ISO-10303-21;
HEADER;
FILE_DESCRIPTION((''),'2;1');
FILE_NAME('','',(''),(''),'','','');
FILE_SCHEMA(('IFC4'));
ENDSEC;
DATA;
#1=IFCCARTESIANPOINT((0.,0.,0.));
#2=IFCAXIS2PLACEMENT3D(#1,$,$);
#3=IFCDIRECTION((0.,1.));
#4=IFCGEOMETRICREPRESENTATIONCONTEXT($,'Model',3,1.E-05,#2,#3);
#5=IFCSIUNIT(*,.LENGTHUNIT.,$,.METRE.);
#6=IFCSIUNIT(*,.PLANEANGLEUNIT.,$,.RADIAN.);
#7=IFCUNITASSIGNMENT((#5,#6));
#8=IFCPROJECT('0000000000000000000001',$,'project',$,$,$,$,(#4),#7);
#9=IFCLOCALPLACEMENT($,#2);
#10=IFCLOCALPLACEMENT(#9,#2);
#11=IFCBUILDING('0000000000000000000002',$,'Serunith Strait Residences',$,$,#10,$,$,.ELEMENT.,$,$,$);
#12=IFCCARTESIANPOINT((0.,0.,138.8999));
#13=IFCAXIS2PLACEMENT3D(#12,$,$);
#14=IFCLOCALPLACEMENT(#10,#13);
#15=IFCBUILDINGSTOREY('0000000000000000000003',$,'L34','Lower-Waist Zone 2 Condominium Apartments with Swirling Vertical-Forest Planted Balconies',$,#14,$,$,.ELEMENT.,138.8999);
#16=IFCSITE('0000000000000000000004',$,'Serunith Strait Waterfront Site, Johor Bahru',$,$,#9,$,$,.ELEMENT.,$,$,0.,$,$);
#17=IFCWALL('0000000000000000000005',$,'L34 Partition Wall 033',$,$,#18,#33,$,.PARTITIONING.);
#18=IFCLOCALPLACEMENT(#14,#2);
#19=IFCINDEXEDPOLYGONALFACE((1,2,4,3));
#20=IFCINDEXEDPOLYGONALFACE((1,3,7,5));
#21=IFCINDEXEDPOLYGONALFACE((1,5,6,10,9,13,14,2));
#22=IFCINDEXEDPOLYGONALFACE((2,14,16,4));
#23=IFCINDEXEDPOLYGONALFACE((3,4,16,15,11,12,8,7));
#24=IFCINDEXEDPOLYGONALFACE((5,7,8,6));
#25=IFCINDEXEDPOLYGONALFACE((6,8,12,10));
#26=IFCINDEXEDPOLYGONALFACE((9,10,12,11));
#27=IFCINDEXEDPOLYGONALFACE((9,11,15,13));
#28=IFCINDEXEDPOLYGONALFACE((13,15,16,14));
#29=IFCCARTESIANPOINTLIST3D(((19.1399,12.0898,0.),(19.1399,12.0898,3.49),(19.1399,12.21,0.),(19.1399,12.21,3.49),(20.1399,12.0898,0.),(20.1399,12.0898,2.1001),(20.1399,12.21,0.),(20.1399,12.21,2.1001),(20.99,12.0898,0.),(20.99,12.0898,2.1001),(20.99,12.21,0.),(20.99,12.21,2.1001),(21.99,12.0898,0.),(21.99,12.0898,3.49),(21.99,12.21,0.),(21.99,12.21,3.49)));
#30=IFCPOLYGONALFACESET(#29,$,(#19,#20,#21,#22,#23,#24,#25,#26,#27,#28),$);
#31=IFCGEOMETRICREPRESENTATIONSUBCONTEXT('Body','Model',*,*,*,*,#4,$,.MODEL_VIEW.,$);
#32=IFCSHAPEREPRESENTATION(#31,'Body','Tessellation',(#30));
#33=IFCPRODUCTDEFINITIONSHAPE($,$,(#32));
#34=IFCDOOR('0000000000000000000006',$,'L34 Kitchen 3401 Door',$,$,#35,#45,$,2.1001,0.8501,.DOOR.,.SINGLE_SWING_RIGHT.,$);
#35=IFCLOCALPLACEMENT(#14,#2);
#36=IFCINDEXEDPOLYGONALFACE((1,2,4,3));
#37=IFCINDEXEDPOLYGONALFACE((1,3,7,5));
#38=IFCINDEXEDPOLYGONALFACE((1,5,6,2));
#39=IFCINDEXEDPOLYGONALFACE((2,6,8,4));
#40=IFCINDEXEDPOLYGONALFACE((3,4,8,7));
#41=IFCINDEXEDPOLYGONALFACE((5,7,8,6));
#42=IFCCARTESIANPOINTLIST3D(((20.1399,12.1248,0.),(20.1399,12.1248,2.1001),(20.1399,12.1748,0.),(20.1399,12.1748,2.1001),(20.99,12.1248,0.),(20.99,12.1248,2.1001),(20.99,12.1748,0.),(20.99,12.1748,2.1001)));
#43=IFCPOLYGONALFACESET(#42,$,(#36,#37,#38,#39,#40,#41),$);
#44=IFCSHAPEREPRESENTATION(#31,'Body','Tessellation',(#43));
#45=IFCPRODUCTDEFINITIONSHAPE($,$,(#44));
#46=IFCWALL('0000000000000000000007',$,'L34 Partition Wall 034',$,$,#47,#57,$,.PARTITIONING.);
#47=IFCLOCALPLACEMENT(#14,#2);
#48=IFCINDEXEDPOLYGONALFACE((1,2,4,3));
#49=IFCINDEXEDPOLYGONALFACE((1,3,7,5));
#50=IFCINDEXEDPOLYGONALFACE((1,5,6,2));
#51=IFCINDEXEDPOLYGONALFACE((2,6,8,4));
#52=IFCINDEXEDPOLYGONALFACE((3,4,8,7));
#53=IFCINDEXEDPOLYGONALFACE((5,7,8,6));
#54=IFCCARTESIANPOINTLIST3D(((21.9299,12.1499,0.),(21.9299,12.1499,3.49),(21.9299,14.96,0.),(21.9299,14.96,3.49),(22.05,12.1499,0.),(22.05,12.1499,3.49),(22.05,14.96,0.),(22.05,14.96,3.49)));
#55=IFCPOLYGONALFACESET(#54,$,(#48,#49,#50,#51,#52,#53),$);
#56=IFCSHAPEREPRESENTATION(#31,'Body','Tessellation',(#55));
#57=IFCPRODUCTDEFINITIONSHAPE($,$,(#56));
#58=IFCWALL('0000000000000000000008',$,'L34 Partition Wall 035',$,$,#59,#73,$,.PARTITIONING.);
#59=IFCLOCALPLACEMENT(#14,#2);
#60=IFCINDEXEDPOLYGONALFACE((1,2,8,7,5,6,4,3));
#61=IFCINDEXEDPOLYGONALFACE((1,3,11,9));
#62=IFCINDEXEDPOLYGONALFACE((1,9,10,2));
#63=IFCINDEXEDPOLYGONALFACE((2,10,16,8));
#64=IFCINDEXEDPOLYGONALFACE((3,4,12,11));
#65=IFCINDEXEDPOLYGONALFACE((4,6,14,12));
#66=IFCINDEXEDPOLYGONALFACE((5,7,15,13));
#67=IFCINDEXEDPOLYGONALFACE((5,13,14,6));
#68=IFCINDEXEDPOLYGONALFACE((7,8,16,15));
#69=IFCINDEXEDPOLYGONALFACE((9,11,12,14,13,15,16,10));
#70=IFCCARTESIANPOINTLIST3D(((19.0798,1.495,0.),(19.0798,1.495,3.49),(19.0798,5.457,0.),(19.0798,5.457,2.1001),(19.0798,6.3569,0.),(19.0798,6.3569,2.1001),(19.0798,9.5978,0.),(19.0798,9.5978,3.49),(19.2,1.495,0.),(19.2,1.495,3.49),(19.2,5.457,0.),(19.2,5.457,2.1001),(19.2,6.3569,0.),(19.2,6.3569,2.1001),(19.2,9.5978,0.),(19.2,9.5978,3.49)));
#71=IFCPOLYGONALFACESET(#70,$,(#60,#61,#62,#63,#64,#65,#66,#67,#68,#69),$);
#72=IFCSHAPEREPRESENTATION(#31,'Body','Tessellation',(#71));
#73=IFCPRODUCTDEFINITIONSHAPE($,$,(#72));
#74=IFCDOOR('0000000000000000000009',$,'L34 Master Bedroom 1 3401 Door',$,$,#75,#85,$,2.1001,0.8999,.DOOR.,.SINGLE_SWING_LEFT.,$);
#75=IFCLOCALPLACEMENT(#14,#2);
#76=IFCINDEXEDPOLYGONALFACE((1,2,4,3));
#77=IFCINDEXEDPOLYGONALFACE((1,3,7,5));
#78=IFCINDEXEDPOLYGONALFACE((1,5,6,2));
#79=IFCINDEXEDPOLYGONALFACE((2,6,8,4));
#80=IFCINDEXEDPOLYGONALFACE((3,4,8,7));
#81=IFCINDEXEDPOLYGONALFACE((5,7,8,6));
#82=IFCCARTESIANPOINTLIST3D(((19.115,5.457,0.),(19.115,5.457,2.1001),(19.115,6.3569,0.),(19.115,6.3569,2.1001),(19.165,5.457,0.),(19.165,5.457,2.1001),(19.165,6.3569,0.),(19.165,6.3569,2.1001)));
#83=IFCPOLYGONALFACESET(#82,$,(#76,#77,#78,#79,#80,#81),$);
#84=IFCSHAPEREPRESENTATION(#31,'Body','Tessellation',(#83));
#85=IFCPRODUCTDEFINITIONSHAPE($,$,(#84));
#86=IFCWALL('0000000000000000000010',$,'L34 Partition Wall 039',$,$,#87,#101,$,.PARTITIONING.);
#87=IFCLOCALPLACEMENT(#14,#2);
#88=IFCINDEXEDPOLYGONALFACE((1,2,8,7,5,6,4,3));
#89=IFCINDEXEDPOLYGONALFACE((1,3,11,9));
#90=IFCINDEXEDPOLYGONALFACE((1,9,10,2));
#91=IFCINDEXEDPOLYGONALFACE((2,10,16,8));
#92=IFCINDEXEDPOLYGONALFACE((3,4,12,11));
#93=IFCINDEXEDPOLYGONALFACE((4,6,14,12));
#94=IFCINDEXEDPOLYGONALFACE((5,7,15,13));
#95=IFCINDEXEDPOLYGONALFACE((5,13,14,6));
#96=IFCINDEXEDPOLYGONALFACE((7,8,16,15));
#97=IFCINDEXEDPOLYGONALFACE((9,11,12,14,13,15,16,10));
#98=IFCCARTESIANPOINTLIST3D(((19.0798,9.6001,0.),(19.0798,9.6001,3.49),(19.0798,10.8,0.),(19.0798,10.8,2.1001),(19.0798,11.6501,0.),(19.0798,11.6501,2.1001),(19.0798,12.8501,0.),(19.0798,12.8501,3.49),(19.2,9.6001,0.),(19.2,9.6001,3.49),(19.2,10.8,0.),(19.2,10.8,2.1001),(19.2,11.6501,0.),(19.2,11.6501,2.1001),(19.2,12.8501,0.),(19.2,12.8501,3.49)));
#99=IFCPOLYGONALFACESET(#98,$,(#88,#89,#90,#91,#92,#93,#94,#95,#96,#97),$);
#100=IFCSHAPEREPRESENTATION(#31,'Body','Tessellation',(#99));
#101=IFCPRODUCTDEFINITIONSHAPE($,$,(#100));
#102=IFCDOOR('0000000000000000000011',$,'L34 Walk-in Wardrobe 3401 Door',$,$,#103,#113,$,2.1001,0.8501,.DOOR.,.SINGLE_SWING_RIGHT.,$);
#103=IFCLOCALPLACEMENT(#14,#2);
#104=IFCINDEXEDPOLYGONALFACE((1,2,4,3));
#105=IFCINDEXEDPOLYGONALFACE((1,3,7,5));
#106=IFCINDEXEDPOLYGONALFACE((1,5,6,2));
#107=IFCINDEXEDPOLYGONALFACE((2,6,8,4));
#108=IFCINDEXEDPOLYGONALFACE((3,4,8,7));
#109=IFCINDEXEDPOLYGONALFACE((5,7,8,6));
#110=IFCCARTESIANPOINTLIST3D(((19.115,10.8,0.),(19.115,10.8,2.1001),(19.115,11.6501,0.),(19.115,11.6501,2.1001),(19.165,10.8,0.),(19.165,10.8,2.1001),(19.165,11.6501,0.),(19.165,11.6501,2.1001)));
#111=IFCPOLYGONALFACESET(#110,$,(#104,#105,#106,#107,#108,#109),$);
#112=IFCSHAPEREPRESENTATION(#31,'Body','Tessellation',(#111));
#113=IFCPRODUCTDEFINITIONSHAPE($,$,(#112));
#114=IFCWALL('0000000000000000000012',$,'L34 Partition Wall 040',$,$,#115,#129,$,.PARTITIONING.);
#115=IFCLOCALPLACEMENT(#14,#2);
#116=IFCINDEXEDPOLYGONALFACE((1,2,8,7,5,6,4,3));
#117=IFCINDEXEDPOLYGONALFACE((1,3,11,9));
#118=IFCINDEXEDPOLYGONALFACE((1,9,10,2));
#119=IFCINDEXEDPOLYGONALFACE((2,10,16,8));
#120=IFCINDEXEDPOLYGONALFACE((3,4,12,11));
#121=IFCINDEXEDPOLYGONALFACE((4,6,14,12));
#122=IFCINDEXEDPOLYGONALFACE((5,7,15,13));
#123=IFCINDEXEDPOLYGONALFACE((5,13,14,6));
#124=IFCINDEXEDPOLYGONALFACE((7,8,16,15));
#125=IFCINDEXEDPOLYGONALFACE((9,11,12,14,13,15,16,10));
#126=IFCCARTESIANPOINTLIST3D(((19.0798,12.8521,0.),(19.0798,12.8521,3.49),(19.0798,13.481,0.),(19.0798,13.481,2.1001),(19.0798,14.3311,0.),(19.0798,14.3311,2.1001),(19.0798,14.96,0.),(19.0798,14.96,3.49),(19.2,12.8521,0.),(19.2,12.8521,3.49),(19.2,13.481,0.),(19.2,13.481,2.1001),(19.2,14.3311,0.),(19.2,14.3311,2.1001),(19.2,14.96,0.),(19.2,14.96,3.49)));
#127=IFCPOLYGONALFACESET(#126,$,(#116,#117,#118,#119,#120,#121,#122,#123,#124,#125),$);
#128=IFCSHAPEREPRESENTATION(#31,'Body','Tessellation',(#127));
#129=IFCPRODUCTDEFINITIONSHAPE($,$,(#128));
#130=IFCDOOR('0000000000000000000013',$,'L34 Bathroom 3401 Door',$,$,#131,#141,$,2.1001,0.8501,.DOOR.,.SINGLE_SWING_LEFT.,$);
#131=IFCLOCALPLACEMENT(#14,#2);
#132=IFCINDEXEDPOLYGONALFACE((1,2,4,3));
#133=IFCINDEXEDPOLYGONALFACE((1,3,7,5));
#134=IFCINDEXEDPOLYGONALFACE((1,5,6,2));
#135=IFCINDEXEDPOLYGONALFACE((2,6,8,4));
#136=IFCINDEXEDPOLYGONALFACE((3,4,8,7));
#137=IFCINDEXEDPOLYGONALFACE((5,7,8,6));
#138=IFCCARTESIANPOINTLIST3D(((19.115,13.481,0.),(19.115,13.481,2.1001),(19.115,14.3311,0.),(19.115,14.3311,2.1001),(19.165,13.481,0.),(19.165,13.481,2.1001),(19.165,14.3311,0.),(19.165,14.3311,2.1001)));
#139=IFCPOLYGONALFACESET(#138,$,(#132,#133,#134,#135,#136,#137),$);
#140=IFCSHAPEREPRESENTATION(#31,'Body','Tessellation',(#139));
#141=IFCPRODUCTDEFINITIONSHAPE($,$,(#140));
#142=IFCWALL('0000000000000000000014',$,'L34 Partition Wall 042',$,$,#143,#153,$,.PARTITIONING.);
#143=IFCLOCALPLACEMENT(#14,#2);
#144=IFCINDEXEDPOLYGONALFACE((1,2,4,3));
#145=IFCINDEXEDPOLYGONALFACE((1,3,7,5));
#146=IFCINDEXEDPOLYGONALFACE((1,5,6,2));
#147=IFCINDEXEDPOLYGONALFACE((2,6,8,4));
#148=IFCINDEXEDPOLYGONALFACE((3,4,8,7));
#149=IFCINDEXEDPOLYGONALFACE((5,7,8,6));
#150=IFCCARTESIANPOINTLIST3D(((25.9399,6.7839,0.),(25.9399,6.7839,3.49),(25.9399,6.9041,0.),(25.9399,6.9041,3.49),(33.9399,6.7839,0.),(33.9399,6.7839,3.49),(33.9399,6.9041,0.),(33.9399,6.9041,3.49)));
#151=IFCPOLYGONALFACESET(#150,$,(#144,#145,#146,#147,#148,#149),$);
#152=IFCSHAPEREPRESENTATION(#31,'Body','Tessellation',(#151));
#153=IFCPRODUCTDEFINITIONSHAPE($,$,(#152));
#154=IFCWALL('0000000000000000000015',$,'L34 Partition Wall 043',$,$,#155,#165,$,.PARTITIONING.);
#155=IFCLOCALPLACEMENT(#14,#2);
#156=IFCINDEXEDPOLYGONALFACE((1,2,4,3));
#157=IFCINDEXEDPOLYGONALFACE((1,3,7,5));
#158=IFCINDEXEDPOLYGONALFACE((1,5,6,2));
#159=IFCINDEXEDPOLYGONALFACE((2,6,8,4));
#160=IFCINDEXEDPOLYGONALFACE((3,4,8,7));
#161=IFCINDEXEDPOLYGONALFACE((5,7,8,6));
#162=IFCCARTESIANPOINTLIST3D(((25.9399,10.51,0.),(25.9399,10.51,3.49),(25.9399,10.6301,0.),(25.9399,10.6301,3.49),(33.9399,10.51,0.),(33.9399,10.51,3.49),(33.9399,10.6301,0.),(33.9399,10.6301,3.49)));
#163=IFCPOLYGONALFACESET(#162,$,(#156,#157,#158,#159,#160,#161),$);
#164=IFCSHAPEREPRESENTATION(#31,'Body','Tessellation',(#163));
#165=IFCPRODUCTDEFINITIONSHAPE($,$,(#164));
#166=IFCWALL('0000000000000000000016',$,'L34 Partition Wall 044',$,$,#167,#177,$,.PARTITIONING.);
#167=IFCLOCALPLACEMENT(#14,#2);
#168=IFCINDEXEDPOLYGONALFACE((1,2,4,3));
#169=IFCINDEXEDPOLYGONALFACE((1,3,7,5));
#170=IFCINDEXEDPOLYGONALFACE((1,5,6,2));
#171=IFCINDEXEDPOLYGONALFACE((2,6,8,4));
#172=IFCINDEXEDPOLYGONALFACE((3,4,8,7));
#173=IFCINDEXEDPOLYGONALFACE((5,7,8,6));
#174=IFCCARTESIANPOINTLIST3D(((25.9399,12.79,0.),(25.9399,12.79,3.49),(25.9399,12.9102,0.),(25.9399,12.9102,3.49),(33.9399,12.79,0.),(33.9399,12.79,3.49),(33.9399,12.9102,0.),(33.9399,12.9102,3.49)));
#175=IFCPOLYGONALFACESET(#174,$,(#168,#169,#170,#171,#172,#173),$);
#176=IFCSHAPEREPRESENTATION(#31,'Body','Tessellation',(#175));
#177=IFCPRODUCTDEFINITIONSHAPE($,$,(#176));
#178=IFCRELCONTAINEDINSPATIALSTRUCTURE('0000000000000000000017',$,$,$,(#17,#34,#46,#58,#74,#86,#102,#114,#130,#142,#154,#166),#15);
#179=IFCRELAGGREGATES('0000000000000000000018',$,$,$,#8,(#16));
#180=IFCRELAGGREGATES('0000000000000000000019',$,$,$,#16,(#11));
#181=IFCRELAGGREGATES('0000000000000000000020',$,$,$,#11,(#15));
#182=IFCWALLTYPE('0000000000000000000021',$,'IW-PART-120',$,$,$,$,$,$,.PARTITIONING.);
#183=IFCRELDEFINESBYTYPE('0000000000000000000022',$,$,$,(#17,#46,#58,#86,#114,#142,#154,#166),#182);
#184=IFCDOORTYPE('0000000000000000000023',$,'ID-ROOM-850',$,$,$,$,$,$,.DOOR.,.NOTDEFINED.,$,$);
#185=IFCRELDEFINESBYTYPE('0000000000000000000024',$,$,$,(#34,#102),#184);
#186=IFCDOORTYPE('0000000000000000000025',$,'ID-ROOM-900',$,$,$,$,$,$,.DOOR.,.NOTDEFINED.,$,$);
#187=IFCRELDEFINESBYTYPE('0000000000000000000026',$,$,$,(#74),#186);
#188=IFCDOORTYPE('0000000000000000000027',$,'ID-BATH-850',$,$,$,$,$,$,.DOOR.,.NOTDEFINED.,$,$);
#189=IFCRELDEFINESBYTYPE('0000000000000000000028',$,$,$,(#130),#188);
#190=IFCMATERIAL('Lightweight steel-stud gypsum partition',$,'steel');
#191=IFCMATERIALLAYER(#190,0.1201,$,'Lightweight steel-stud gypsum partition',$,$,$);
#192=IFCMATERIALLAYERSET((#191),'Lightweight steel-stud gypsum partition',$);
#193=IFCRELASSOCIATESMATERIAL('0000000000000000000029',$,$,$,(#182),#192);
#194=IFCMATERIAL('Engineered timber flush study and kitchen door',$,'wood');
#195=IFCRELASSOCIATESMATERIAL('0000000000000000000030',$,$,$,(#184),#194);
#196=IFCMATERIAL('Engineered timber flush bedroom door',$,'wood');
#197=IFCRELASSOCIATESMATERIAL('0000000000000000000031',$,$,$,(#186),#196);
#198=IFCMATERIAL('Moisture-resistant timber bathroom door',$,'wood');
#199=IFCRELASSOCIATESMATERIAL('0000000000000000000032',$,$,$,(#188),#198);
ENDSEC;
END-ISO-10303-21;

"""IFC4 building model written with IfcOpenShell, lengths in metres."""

from ifc_helpers import new_model, si_unit, direction, frame, frame_2d, origin, place, context, subcontext, project, spatial, rectangle, extrude, source, transform, mapped, material, layer, layer_set, type_object, element, fill, save


model = new_model("IFC4")

# Units and contexts
model_context = context("Model", 3, precision=1e-05, world=origin(), true_north=direction((0.0, 1.0)))
body_context = subcontext(model_context, "Body", "Model", "MODEL_VIEW")
ifc_project = project(units=[si_unit("LENGTHUNIT", "METRE"), si_unit("PLANEANGLEUNIT", "RADIAN")], contexts=[model_context])

# Site, building, storey
site_placement = place(None, origin())
site = spatial("IfcSite", under=ifc_project, at=site_placement, Name="Serunith Strait Waterfront Site, Johor Bahru", CompositionType="ELEMENT", RefElevation=0.0)
building_placement = place(site_placement, origin())
building = spatial("IfcBuilding", under=site, at=building_placement, Name="Serunith Strait Residences", CompositionType="ELEMENT")
storey_placement = place(building_placement, frame((0.0, 0.0, 138.8999)))
storey = spatial("IfcBuildingStorey", under=building, at=storey_placement, Name="L34", Description="Lower-Waist Zone 2 Condominium Apartments with Swirling Vertical-Forest Planted Balconies", CompositionType="ELEMENT", Elevation=138.8999)

# Wall, opening, door
ifc_material_1 = material(Name="Lightweight steel-stud gypsum partition", Category="steel")
ifc_layer_1 = layer(ifc_material_1, 0.1201, Name="Lightweight steel-stud gypsum partition")
ifc_layer_set_1 = layer_set([ifc_layer_1], Name="Lightweight steel-stud gypsum partition")
wall_type_1 = type_object("IfcWallType", Name="IW-PART-120", PredefinedType="PARTITIONING", material=ifc_layer_set_1)
wall_1_placement = place(storey_placement, frame((19.1399, 12.1499, 0.0), z_axis=(0.0, 0.0, 1.0), x_axis=(1.0, 0.0, 0.0)))
wall_1 = element("IfcWall", 1, at=wall_1_placement, inside=storey, type_object=wall_type_1, Name="L34 Partition Wall 033", PredefinedType="PARTITIONING", context=body_context, shape_type="SweptSolid", body=[
    extrude(rectangle(XDim=2.8501, YDim=0.1201, at=frame_2d((1.425, 0.0))), origin(), (0.0, 0.0, 1.0), 3.49),
])
opening_1_placement = place(wall_1_placement, frame((1.0, 0.0, 0.0)))
opening_1 = element("IfcOpeningElement", 2, at=opening_1_placement, cuts=wall_1, PredefinedType="OPENING", context=body_context, shape_type="SweptSolid", body=[
    extrude(rectangle(XDim=0.8501, YDim=2.1001, at=frame_2d((0.425, 1.05))), frame((0.0, 0.0701, 0.0), z_axis=(0.0, -1.0, 0.0), x_axis=(1.0, 0.0, 0.0)), (0.0, 0.0, 1.0), 0.1401),
])
ifc_material_2 = material(Name="Engineered timber flush study and kitchen door", Category="wood")
door_type_1 = type_object("IfcDoorType", Name="ID-ROOM-850", OperationType="NOTDEFINED", PredefinedType="DOOR", material=ifc_material_2)
shared_shape_1 = source(origin(), body_context, "Body", "SweptSolid", [
    extrude(rectangle(XDim=0.8501, YDim=2.1001, at=frame_2d((0.425, 1.05))), frame((0.0, 0.0249, 0.0), z_axis=(0.0, -1.0, 0.0), x_axis=(1.0, 0.0, 0.0)), (0.0, 0.0, 1.0), 0.05),
])
door_1_placement = place(opening_1_placement, origin())
door_1 = element("IfcDoor", 3, at=door_1_placement, inside=storey, type_object=door_type_1, Name="L34 Kitchen 3401 Door", OperationType="SINGLE_SWING_RIGHT", OverallHeight=2.1001, OverallWidth=0.8501, PredefinedType="DOOR", context=body_context, shape_type="MappedRepresentation", body=[
    mapped(shared_shape_1, transform((0.0, 0.0, 0.0), scale=1.0)),
])
fill(opening_1, door_1)

# Wall
wall_2_placement = place(storey_placement, frame((21.99, 12.1499, 0.0), z_axis=(0.0, 0.0, 1.0), x_axis=(0.0, 1.0, 0.0)))
element("IfcWall", 4, at=wall_2_placement, inside=storey, type_object=wall_type_1, Name="L34 Partition Wall 034", PredefinedType="PARTITIONING", context=body_context, shape_type="SweptSolid", body=[
    extrude(rectangle(XDim=2.8101, YDim=0.1201, at=frame_2d((1.405, 0.0))), origin(), (0.0, 0.0, 1.0), 3.49),
])

# Walls, openings, doors
wall_3_placement = place(storey_placement, frame((19.1399, 1.4951, 0.0), z_axis=(0.0, 0.0, 1.0), x_axis=(0.0, 1.0, 0.0)))
wall_3 = element("IfcWall", 5, at=wall_3_placement, inside=storey, type_object=wall_type_1, Name="L34 Partition Wall 035", PredefinedType="PARTITIONING", context=body_context, shape_type="SweptSolid", body=[
    extrude(rectangle(XDim=8.1028, YDim=0.1201, at=frame_2d((4.0513, 0.0))), origin(), (0.0, 0.0, 1.0), 3.49),
])
opening_2_placement = place(wall_3_placement, frame((3.9619, 0.0, 0.0)))
opening_2 = element("IfcOpeningElement", 6, at=opening_2_placement, cuts=wall_3, PredefinedType="OPENING", context=body_context, shape_type="SweptSolid", body=[
    extrude(rectangle(XDim=0.8999, YDim=2.1001, at=frame_2d((0.45, 1.05))), frame((0.0, 0.0701, 0.0), z_axis=(0.0, -1.0, 0.0), x_axis=(1.0, 0.0, 0.0)), (0.0, 0.0, 1.0), 0.1401),
])
ifc_material_3 = material(Name="Engineered timber flush bedroom door", Category="wood")
door_type_2 = type_object("IfcDoorType", Name="ID-ROOM-900", OperationType="NOTDEFINED", PredefinedType="DOOR", material=ifc_material_3)
shared_shape_2 = source(origin(), body_context, "Body", "SweptSolid", [
    extrude(rectangle(XDim=0.8999, YDim=2.1001, at=frame_2d((0.45, 1.05))), frame((0.0, 0.0249, 0.0), z_axis=(0.0, -1.0, 0.0), x_axis=(1.0, 0.0, 0.0)), (0.0, 0.0, 1.0), 0.05),
])
door_2_placement = place(opening_2_placement, origin())
door_2 = element("IfcDoor", 7, at=door_2_placement, inside=storey, type_object=door_type_2, Name="L34 Master Bedroom 1 3401 Door", OperationType="SINGLE_SWING_LEFT", OverallHeight=2.1001, OverallWidth=0.8999, PredefinedType="DOOR", context=body_context, shape_type="MappedRepresentation", body=[
    mapped(shared_shape_2, transform((0.0, 0.0, 0.0), scale=1.0)),
])
fill(opening_2, door_2)
wall_4_placement = place(storey_placement, frame((19.1399, 9.6001, 0.0), z_axis=(0.0, 0.0, 1.0), x_axis=(0.0, 1.0, 0.0)))
wall_4 = element("IfcWall", 8, at=wall_4_placement, inside=storey, type_object=wall_type_1, Name="L34 Partition Wall 039", PredefinedType="PARTITIONING", context=body_context, shape_type="SweptSolid", body=[
    extrude(rectangle(XDim=3.25, YDim=0.1201, at=frame_2d((1.625, 0.0))), origin(), (0.0, 0.0, 1.0), 3.49),
])
opening_3_placement = place(wall_4_placement, frame((1.2, 0.0, 0.0)))
opening_3 = element("IfcOpeningElement", 9, at=opening_3_placement, cuts=wall_4, PredefinedType="OPENING", context=body_context, shape_type="SweptSolid", body=[
    extrude(rectangle(XDim=0.8501, YDim=2.1001, at=frame_2d((0.425, 1.05))), frame((0.0, 0.0701, 0.0), z_axis=(0.0, -1.0, 0.0), x_axis=(1.0, 0.0, 0.0)), (0.0, 0.0, 1.0), 0.1401),
])
door_3_placement = place(opening_3_placement, origin())
door_3 = element("IfcDoor", 10, at=door_3_placement, inside=storey, type_object=door_type_1, Name="L34 Walk-in Wardrobe 3401 Door", OperationType="SINGLE_SWING_RIGHT", OverallHeight=2.1001, OverallWidth=0.8501, PredefinedType="DOOR", context=body_context, shape_type="MappedRepresentation", body=[
    mapped(shared_shape_1, transform((0.0, 0.0, 0.0), scale=1.0)),
])
fill(opening_3, door_3)
wall_5_placement = place(storey_placement, frame((19.1399, 12.8521, 0.0), z_axis=(0.0, 0.0, 1.0), x_axis=(0.0, 1.0, 0.0)))
wall_5 = element("IfcWall", 11, at=wall_5_placement, inside=storey, type_object=wall_type_1, Name="L34 Partition Wall 040", PredefinedType="PARTITIONING", context=body_context, shape_type="SweptSolid", body=[
    extrude(rectangle(XDim=2.1079, YDim=0.1201, at=frame_2d((1.054, 0.0))), origin(), (0.0, 0.0, 1.0), 3.49),
])
opening_4_placement = place(wall_5_placement, frame((0.6289, 0.0, 0.0)))
opening_4 = element("IfcOpeningElement", 12, at=opening_4_placement, cuts=wall_5, PredefinedType="OPENING", context=body_context, shape_type="SweptSolid", body=[
    extrude(rectangle(XDim=0.8501, YDim=2.1001, at=frame_2d((0.425, 1.05))), frame((0.0, 0.0701, 0.0), z_axis=(0.0, -1.0, 0.0), x_axis=(1.0, 0.0, 0.0)), (0.0, 0.0, 1.0), 0.1401),
])
ifc_material_4 = material(Name="Moisture-resistant timber bathroom door", Category="wood")
door_type_3 = type_object("IfcDoorType", Name="ID-BATH-850", OperationType="NOTDEFINED", PredefinedType="DOOR", material=ifc_material_4)
door_4_placement = place(opening_4_placement, origin())
door_4 = element("IfcDoor", 13, at=door_4_placement, inside=storey, type_object=door_type_3, Name="L34 Bathroom 3401 Door", OperationType="SINGLE_SWING_LEFT", OverallHeight=2.1001, OverallWidth=0.8501, PredefinedType="DOOR", context=body_context, shape_type="MappedRepresentation", body=[
    mapped(shared_shape_1, transform((0.0, 0.0, 0.0), scale=1.0)),
])
fill(opening_4, door_4)

# Walls
for number, where, z_axis, x_axis, name in (
    (14, (25.9399, 6.844, 0.0), (0.0, 0.0, 1.0), (1.0, 0.0, 0.0), "L34 Partition Wall 042"),
    (15, (25.9399, 10.5701, 0.0), (0.0, 0.0, 1.0), (1.0, 0.0, 0.0), "L34 Partition Wall 043"),
    (16, (25.9399, 12.8501, 0.0), (0.0, 0.0, 1.0), (1.0, 0.0, 0.0), "L34 Partition Wall 044"),
):
    element("IfcWall", number, at=place(storey_placement, frame(where, z_axis=z_axis, x_axis=x_axis)), inside=storey, type_object=wall_type_1, Name=name, PredefinedType="PARTITIONING", context=body_context, shape_type="SweptSolid", body=[
        extrude(rectangle(XDim=8.0, YDim=0.1201, at=frame_2d((4.0, 0.0))), origin(), (0.0, 0.0, 1.0), 3.49),
    ])

save(model, "model.ifc")
